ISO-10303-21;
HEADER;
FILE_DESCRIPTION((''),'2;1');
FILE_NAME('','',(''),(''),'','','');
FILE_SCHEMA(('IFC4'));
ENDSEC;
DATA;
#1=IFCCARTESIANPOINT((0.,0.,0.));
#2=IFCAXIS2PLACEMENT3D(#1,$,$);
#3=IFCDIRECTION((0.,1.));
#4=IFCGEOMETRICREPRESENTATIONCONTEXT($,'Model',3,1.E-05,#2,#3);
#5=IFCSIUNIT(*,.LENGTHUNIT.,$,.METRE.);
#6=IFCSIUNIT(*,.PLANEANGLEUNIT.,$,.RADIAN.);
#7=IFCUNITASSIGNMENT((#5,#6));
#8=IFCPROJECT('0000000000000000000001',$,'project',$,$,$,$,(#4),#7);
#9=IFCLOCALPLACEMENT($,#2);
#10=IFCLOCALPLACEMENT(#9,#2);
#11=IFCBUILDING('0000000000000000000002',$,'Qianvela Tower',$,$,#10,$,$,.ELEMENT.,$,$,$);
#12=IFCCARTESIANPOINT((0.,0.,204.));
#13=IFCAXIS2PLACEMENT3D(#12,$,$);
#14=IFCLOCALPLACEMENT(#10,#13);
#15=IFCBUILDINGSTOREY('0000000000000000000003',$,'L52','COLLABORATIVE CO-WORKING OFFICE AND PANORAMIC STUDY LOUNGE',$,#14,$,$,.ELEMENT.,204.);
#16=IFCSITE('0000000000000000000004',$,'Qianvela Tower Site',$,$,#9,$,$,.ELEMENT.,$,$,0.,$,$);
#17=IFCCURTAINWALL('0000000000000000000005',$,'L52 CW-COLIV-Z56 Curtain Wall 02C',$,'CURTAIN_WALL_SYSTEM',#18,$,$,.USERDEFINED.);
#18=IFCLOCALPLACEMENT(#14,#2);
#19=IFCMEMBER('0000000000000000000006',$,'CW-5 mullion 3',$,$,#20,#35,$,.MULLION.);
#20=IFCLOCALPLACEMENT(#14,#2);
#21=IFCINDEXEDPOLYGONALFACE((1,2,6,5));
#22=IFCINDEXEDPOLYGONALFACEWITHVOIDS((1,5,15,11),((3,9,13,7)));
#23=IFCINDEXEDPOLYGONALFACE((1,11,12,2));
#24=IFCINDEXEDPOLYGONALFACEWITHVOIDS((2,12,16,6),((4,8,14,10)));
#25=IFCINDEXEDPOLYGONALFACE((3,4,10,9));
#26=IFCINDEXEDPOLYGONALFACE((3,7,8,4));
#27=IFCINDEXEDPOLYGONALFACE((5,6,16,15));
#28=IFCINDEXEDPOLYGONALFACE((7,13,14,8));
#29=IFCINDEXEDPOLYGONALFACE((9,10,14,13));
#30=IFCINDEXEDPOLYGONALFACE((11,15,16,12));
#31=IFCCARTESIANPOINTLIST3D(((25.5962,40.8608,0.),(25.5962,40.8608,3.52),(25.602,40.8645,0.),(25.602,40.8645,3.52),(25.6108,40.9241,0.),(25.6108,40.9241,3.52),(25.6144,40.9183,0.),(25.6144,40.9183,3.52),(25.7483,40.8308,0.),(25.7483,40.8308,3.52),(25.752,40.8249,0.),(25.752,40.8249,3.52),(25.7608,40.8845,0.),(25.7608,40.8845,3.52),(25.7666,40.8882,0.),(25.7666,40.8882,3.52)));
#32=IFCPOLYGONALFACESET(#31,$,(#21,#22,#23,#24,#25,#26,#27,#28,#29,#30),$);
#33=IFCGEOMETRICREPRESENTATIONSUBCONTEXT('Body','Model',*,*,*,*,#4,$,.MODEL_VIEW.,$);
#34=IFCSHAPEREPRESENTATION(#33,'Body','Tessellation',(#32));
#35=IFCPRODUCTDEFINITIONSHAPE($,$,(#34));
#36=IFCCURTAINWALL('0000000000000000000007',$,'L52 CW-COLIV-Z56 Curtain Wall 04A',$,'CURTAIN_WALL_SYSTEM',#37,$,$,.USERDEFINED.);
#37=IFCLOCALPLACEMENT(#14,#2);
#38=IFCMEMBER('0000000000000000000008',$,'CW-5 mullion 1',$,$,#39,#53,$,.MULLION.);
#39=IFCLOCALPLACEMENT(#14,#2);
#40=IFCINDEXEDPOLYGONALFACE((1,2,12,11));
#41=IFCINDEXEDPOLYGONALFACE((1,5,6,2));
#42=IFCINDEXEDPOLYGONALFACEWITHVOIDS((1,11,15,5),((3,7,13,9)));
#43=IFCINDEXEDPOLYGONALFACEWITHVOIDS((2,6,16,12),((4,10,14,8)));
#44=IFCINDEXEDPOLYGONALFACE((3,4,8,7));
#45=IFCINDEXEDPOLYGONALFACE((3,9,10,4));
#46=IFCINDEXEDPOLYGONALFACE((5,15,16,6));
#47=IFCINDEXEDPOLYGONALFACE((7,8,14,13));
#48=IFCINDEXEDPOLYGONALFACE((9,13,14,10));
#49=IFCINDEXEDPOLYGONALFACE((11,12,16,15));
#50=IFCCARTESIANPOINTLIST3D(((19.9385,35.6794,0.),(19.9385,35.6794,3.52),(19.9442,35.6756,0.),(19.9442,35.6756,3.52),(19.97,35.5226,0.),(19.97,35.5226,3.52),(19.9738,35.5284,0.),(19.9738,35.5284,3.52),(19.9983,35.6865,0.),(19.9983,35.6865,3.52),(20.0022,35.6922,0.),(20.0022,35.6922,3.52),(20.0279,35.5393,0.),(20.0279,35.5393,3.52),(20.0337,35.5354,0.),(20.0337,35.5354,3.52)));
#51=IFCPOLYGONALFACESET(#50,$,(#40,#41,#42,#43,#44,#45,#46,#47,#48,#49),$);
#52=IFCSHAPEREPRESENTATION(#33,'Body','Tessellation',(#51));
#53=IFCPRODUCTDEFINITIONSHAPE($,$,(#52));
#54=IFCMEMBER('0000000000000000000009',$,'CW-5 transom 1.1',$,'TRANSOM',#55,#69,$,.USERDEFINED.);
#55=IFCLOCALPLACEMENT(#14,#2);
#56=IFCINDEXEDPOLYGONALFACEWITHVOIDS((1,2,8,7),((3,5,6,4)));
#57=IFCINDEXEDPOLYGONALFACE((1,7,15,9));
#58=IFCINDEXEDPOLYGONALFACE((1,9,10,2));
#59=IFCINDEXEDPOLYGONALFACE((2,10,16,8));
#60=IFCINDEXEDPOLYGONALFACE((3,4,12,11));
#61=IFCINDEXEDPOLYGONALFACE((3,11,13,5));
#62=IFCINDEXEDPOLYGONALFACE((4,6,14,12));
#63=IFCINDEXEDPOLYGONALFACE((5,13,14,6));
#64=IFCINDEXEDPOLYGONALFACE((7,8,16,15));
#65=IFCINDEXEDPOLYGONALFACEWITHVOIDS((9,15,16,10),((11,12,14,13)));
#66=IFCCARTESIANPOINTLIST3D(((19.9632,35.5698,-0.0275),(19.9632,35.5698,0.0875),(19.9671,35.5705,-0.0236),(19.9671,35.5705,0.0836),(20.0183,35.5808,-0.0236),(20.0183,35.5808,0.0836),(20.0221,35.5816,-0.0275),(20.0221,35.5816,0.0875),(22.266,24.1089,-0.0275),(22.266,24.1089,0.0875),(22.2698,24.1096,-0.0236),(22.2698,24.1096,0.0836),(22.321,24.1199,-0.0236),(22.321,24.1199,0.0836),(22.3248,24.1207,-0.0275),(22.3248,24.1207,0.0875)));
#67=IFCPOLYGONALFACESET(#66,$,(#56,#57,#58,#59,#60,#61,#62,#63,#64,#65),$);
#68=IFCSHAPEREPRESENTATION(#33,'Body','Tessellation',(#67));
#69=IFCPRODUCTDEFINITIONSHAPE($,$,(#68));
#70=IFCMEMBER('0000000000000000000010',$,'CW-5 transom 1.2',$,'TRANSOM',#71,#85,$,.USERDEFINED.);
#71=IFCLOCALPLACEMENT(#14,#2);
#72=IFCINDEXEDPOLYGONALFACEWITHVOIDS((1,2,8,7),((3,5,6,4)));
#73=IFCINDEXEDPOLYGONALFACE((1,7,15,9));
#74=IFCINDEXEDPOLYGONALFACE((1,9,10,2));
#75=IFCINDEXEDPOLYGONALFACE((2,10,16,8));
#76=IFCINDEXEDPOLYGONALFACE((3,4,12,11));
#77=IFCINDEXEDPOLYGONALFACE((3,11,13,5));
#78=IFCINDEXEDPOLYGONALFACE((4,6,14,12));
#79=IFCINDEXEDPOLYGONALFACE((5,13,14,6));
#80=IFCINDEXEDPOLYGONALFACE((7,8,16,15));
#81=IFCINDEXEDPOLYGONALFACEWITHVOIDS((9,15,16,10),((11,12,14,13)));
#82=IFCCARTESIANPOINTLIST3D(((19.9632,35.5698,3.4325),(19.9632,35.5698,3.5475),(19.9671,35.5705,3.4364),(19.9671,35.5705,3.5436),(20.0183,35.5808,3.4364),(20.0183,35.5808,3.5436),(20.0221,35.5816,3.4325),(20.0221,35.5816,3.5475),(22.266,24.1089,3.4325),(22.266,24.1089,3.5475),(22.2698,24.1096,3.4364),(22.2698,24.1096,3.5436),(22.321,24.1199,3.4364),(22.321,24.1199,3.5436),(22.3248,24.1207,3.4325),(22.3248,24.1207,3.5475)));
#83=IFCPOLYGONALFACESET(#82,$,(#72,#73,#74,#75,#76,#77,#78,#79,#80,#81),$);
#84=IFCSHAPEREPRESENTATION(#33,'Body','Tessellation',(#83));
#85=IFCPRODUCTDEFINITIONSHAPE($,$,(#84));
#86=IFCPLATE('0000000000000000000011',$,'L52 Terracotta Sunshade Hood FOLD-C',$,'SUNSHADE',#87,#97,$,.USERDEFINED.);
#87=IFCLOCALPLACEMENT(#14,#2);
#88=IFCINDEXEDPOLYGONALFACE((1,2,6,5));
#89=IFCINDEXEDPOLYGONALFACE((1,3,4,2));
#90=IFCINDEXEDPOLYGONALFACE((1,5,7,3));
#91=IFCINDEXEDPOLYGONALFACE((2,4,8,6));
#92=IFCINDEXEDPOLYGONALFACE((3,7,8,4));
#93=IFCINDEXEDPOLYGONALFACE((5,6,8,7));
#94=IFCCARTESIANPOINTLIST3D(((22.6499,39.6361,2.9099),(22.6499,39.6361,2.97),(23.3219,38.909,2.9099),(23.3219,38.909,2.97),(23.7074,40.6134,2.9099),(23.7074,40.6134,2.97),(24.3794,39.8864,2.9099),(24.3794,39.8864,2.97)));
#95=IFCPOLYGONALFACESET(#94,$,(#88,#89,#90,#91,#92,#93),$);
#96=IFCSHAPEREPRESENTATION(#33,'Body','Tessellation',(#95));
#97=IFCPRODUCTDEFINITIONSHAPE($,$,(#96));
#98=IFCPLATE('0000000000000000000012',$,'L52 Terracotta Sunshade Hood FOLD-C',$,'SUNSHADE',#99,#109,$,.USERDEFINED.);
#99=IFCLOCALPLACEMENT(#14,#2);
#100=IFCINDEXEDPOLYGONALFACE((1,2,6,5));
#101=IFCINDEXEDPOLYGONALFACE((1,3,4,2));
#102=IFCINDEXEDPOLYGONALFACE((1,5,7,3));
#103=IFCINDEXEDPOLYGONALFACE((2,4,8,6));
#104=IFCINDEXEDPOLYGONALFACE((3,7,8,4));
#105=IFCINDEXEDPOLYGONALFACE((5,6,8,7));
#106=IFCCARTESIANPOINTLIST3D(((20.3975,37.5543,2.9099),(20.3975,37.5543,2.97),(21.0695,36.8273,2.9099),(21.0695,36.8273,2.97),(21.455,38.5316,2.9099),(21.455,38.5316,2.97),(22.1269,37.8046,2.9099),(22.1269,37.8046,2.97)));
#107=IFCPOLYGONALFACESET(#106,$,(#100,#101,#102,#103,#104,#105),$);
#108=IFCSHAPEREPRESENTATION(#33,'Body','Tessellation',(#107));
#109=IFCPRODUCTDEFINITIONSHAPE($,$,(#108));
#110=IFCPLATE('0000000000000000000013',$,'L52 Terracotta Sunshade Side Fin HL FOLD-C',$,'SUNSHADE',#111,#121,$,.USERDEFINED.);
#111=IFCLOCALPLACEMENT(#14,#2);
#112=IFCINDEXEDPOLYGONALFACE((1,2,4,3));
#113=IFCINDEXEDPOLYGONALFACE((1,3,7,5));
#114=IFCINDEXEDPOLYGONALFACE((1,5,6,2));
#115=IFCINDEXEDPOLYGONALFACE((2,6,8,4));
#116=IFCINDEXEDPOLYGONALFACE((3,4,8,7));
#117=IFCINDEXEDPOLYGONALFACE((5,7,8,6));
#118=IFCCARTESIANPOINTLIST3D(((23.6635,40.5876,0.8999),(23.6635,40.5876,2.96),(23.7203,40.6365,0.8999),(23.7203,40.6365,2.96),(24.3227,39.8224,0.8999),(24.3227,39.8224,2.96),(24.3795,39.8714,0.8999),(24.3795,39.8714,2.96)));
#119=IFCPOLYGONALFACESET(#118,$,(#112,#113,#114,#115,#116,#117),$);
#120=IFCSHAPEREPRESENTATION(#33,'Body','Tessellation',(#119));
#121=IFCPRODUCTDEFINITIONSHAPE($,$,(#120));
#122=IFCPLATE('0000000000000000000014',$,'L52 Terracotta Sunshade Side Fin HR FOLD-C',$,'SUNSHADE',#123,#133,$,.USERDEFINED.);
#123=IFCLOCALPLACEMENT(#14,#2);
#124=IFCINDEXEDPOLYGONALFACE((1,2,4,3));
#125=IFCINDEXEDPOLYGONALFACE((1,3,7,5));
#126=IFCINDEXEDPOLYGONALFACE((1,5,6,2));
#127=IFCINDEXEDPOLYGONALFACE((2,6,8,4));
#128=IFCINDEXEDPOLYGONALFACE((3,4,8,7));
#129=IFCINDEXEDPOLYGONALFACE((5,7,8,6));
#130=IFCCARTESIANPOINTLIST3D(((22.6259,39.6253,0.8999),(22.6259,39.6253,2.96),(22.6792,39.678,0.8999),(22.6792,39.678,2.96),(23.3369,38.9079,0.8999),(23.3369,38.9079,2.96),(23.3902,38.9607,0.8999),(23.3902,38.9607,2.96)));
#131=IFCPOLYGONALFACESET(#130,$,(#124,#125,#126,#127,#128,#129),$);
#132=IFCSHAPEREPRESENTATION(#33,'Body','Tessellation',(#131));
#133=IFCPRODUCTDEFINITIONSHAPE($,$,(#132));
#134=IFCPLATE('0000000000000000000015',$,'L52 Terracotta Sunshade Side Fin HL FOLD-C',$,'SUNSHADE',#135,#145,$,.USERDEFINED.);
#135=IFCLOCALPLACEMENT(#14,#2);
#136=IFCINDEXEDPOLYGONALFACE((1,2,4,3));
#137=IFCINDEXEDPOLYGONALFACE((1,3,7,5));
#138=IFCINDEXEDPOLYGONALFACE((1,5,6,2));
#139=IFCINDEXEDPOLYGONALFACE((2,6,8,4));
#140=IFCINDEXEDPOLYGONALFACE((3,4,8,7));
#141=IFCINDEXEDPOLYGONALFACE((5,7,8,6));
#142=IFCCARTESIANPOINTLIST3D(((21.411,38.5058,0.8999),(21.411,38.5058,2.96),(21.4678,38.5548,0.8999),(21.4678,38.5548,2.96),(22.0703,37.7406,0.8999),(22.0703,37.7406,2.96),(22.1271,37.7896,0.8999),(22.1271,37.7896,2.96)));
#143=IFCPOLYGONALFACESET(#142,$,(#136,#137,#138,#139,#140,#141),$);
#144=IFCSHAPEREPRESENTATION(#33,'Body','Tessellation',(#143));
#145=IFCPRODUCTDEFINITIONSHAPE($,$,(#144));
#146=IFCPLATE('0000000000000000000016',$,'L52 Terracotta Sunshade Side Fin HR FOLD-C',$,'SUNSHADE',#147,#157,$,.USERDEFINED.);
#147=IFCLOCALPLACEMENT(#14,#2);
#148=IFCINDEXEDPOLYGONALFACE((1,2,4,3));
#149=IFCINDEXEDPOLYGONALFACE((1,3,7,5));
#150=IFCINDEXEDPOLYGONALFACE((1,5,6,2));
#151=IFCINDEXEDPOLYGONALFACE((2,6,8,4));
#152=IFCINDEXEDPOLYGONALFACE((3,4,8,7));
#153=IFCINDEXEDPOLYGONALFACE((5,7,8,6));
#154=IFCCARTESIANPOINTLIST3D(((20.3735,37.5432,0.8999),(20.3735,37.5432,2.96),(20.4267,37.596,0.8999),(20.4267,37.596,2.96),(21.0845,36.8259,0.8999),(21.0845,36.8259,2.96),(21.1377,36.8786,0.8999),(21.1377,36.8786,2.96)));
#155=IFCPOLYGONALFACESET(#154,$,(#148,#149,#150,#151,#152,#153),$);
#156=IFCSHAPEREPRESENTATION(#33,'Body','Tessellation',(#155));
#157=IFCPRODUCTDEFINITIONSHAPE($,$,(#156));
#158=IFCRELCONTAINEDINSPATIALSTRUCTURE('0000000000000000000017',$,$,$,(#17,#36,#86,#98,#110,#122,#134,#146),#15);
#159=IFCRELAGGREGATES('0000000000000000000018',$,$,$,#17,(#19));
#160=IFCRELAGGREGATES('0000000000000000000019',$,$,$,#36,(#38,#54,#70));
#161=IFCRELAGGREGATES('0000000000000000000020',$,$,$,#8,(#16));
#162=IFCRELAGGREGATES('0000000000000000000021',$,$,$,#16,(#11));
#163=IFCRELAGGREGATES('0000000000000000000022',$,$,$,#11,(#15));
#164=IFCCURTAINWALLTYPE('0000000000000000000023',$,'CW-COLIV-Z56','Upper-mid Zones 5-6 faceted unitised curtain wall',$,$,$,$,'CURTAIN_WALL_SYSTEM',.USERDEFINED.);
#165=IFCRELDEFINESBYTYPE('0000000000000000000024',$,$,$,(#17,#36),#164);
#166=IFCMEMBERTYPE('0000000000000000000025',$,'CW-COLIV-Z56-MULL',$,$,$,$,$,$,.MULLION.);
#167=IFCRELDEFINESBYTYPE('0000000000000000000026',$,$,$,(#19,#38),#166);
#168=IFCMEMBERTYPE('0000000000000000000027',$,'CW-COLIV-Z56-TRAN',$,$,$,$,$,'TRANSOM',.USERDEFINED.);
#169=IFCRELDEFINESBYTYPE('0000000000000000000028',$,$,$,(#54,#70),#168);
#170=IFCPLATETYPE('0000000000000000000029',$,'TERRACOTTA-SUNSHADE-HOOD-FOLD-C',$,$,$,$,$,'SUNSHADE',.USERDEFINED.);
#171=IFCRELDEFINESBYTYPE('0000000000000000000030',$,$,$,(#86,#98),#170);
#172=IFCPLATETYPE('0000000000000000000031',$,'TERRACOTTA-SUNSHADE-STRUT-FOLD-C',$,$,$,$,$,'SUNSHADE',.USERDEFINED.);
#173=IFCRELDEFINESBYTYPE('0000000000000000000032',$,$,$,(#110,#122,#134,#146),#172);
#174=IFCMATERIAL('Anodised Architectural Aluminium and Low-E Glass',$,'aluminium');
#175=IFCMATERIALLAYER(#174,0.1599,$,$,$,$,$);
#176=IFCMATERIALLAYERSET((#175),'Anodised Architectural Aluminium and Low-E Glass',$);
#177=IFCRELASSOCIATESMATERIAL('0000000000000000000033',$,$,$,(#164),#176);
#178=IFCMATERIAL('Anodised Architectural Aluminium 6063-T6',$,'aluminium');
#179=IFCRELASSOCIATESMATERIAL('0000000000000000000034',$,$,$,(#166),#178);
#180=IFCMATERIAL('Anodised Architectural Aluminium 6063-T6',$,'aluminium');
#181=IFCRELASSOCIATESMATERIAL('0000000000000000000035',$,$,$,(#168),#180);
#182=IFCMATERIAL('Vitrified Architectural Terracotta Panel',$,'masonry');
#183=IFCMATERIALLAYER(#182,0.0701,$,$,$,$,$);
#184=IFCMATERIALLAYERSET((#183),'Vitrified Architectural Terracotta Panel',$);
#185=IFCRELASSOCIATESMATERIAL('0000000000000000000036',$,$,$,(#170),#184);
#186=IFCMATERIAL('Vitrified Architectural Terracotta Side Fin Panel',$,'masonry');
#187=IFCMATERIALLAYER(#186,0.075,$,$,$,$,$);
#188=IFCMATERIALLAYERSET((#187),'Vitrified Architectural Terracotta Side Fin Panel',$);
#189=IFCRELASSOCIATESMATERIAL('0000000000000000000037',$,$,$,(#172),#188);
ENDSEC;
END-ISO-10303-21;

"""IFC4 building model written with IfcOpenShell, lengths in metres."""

from ifc_helpers import new_model, si_unit, direction, frame, origin, origin_2d, place, context, subcontext, project, spatial, rectangle, hollow_rectangle, extrude, material, layer, layer_set, material_profile, profile_set, type_object, element, aggregate, save


model = new_model("IFC4")

# Units and contexts
model_context = context("Model", 3, precision=1e-05, world=origin(), true_north=direction((0.0, 1.0)))
body_context = subcontext(model_context, "Body", "Model", "MODEL_VIEW")
ifc_project = project(units=[si_unit("LENGTHUNIT", "METRE"), si_unit("PLANEANGLEUNIT", "RADIAN")], contexts=[model_context])

# Site, building, storey
site_placement = place(None, origin())
site = spatial("IfcSite", under=ifc_project, at=site_placement, Name="Qianvela Tower Site", CompositionType="ELEMENT", RefElevation=0.0)
building_placement = place(site_placement, origin())
building = spatial("IfcBuilding", under=site, at=building_placement, Name="Qianvela Tower", CompositionType="ELEMENT")
storey_placement = place(building_placement, frame((0.0, 0.0, 204.0)))
storey = spatial("IfcBuildingStorey", under=building, at=storey_placement, Name="L52", Description="COLLABORATIVE CO-WORKING OFFICE AND PANORAMIC STUDY LOUNGE", CompositionType="ELEMENT", Elevation=204.0)

# Curtain wall, member
ifc_material_1 = material(Name="Anodised Architectural Aluminium and Low-E Glass", Category="aluminium")
ifc_layer_1 = layer(ifc_material_1, 0.1599)
ifc_layer_set_1 = layer_set([ifc_layer_1], Name="Anodised Architectural Aluminium and Low-E Glass")
curtain_wall_type = type_object("IfcCurtainWallType", Name="CW-COLIV-Z56", Description="Upper-mid Zones 5-6 faceted unitised curtain wall", ElementType="CURTAIN_WALL_SYSTEM", PredefinedType="USERDEFINED", material=ifc_layer_set_1)
curtain_wall_1_placement = place(storey_placement, origin())
curtain_wall_1 = element("IfcCurtainWall", 1, at=curtain_wall_1_placement, inside=storey, type_object=curtain_wall_type, Name="L52 CW-COLIV-Z56 Curtain Wall 02C", ObjectType="CURTAIN_WALL_SYSTEM", PredefinedType="USERDEFINED")
ifc_material_2 = material(Name="Anodised Architectural Aluminium 6063-T6", Category="aluminium")
ifc_material_profile_1 = material_profile(ifc_material_2, hollow_rectangle(XDim=0.0649, YDim=0.1599, WallThickness=0.0049, at=origin_2d()), Name="ALU-MULL-65x160")
ifc_profile_set_1 = profile_set([ifc_material_profile_1], Name="Anodised Architectural Aluminium 6063-T6")
member_type_1 = type_object("IfcMemberType", Name="CW-COLIV-Z56-MULL", PredefinedType="MULLION", material=ifc_profile_set_1)
member_1_placement = place(storey_placement, frame((25.6814, 40.8745, 0.0), z_axis=(0.0, 0.0, 1.0), x_axis=(-0.224836, -0.974397, 0.0)))
member_1 = element("IfcMember", 2, at=member_1_placement, type_object=member_type_1, Name="CW-5 mullion 3", PredefinedType="MULLION", context=body_context, shape_type="SweptSolid", body=[
    extrude(hollow_rectangle(XDim=0.0649, YDim=0.1599, WallThickness=0.0049, at=origin_2d()), origin(), (0.0, 0.0, 1.0), 3.52),
])
aggregate(curtain_wall_1, [member_1])

# Curtain wall, members
curtain_wall_2_placement = place(storey_placement, origin())
curtain_wall_2 = element("IfcCurtainWall", 3, at=curtain_wall_2_placement, inside=storey, type_object=curtain_wall_type, Name="L52 CW-COLIV-Z56 Curtain Wall 04A", ObjectType="CURTAIN_WALL_SYSTEM", PredefinedType="USERDEFINED")
member_2_placement = place(storey_placement, frame((19.9861, 35.6074, 0.0), z_axis=(0.0, 0.0, 1.0), x_axis=(0.980408, 0.19698, 0.0)))
member_2 = element("IfcMember", 4, at=member_2_placement, type_object=member_type_1, Name="CW-5 mullion 1", PredefinedType="MULLION", context=body_context, shape_type="SweptSolid", body=[
    extrude(hollow_rectangle(XDim=0.0649, YDim=0.1599, WallThickness=0.0049, at=origin_2d()), origin(), (0.0, 0.0, 1.0), 3.52),
])
ifc_material_3 = material(Name="Anodised Architectural Aluminium 6063-T6", Category="aluminium")
ifc_material_profile_2 = material_profile(ifc_material_3, hollow_rectangle(XDim=0.0601, YDim=0.115, WallThickness=0.0039, at=origin_2d()), Name="ALU-TRAN-60x115")
ifc_profile_set_2 = profile_set([ifc_material_profile_2], Name="Anodised Architectural Aluminium 6063-T6")
member_type_2 = type_object("IfcMemberType", Name="CW-COLIV-Z56-TRAN", ElementType="TRANSOM", PredefinedType="USERDEFINED", material=ifc_profile_set_2)
member_3_placement = place(storey_placement, frame((19.9927, 35.5757, 0.03), z_axis=(0.196984, -0.980407, 0.0), x_axis=(0.980407, 0.196984, 0.0)))
member_3 = element("IfcMember", 5, at=member_3_placement, type_object=member_type_2, Name="CW-5 transom 1.1", ObjectType="TRANSOM", PredefinedType="USERDEFINED", context=body_context, shape_type="SweptSolid", body=[
    extrude(hollow_rectangle(XDim=0.0601, YDim=0.115, WallThickness=0.0039, at=origin_2d()), origin(), (0.0, 0.0, 1.0), 11.6899),
])
member_4_placement = place(storey_placement, frame((19.9927, 35.5757, 3.49), z_axis=(0.196984, -0.980407, 0.0), x_axis=(0.980407, 0.196984, 0.0)))
member_4 = element("IfcMember", 6, at=member_4_placement, type_object=member_type_2, Name="CW-5 transom 1.2", ObjectType="TRANSOM", PredefinedType="USERDEFINED", context=body_context, shape_type="SweptSolid", body=[
    extrude(hollow_rectangle(XDim=0.0601, YDim=0.115, WallThickness=0.0039, at=origin_2d()), origin(), (0.0, 0.0, 1.0), 11.6899),
])
aggregate(curtain_wall_2, [member_2, member_3, member_4])

# Plates
ifc_material_4 = material(Name="Vitrified Architectural Terracotta Panel", Category="masonry")
ifc_layer_2 = layer(ifc_material_4, 0.0701)
ifc_layer_set_2 = layer_set([ifc_layer_2], Name="Vitrified Architectural Terracotta Panel")
plate_type_1 = type_object("IfcPlateType", Name="TERRACOTTA-SUNSHADE-HOOD-FOLD-C", ElementType="SUNSHADE", PredefinedType="USERDEFINED", material=ifc_layer_set_2)
for number, where, z_axis, x_axis, name in (
    (7, (23.5146, 39.7612, 2.9099), (0.0, 0.0, 1.0), (-0.73437, -0.678749, 0.0), "L52 Terracotta Sunshade Hood FOLD-C"),
    (8, (21.2622, 37.6794, 2.9099), (0.0, 0.0, 1.0), (-0.73437, -0.678749, 0.0), "L52 Terracotta Sunshade Hood FOLD-C"),
):
    element("IfcPlate", number, at=place(storey_placement, frame(where, z_axis=z_axis, x_axis=x_axis)), inside=storey, type_object=plate_type_1, Name=name, ObjectType="SUNSHADE", PredefinedType="USERDEFINED", context=body_context, shape_type="SweptSolid", body=[
        extrude(rectangle(XDim=1.4399, YDim=0.99, at=origin_2d()), origin(), (0.0, 0.0, 1.0), 0.0601),
    ])
ifc_material_5 = material(Name="Vitrified Architectural Terracotta Side Fin Panel", Category="masonry")
ifc_layer_3 = layer(ifc_material_5, 0.075)
ifc_layer_set_3 = layer_set([ifc_layer_3], Name="Vitrified Architectural Terracotta Side Fin Panel")
plate_type_2 = type_object("IfcPlateType", Name="TERRACOTTA-SUNSHADE-STRUT-FOLD-C", ElementType="SUNSHADE", PredefinedType="USERDEFINED", material=ifc_layer_set_3)
for number, where, z_axis, x_axis, name in (
    (9, (24.0215, 40.2295, 0.8999), (0.0, 0.0, 1.0), (-0.757611, -0.652707, 0.0), "L52 Terracotta Sunshade Side Fin HL FOLD-C"),
    (10, (23.0081, 39.293, 0.8999), (0.0, 0.0, 1.0), (-0.710235, -0.703965, 0.0), "L52 Terracotta Sunshade Side Fin HR FOLD-C"),
    (11, (21.769, 38.1477, 0.8999), (0.0, 0.0, 1.0), (-0.757611, -0.652707, 0.0), "L52 Terracotta Sunshade Side Fin HL FOLD-C"),
    (12, (20.7556, 37.2109, 0.8999), (0.0, 0.0, 1.0), (-0.710235, -0.703965, 0.0), "L52 Terracotta Sunshade Side Fin HR FOLD-C"),
):
    element("IfcPlate", number, at=place(storey_placement, frame(where, z_axis=z_axis, x_axis=x_axis)), inside=storey, type_object=plate_type_2, Name=name, ObjectType="SUNSHADE", PredefinedType="USERDEFINED", context=body_context, shape_type="SweptSolid", body=[
        extrude(rectangle(XDim=0.075, YDim=1.01, at=origin_2d()), origin(), (0.0, 0.0, 1.0), 2.0601),
    ])

save(model, "model.ifc")
